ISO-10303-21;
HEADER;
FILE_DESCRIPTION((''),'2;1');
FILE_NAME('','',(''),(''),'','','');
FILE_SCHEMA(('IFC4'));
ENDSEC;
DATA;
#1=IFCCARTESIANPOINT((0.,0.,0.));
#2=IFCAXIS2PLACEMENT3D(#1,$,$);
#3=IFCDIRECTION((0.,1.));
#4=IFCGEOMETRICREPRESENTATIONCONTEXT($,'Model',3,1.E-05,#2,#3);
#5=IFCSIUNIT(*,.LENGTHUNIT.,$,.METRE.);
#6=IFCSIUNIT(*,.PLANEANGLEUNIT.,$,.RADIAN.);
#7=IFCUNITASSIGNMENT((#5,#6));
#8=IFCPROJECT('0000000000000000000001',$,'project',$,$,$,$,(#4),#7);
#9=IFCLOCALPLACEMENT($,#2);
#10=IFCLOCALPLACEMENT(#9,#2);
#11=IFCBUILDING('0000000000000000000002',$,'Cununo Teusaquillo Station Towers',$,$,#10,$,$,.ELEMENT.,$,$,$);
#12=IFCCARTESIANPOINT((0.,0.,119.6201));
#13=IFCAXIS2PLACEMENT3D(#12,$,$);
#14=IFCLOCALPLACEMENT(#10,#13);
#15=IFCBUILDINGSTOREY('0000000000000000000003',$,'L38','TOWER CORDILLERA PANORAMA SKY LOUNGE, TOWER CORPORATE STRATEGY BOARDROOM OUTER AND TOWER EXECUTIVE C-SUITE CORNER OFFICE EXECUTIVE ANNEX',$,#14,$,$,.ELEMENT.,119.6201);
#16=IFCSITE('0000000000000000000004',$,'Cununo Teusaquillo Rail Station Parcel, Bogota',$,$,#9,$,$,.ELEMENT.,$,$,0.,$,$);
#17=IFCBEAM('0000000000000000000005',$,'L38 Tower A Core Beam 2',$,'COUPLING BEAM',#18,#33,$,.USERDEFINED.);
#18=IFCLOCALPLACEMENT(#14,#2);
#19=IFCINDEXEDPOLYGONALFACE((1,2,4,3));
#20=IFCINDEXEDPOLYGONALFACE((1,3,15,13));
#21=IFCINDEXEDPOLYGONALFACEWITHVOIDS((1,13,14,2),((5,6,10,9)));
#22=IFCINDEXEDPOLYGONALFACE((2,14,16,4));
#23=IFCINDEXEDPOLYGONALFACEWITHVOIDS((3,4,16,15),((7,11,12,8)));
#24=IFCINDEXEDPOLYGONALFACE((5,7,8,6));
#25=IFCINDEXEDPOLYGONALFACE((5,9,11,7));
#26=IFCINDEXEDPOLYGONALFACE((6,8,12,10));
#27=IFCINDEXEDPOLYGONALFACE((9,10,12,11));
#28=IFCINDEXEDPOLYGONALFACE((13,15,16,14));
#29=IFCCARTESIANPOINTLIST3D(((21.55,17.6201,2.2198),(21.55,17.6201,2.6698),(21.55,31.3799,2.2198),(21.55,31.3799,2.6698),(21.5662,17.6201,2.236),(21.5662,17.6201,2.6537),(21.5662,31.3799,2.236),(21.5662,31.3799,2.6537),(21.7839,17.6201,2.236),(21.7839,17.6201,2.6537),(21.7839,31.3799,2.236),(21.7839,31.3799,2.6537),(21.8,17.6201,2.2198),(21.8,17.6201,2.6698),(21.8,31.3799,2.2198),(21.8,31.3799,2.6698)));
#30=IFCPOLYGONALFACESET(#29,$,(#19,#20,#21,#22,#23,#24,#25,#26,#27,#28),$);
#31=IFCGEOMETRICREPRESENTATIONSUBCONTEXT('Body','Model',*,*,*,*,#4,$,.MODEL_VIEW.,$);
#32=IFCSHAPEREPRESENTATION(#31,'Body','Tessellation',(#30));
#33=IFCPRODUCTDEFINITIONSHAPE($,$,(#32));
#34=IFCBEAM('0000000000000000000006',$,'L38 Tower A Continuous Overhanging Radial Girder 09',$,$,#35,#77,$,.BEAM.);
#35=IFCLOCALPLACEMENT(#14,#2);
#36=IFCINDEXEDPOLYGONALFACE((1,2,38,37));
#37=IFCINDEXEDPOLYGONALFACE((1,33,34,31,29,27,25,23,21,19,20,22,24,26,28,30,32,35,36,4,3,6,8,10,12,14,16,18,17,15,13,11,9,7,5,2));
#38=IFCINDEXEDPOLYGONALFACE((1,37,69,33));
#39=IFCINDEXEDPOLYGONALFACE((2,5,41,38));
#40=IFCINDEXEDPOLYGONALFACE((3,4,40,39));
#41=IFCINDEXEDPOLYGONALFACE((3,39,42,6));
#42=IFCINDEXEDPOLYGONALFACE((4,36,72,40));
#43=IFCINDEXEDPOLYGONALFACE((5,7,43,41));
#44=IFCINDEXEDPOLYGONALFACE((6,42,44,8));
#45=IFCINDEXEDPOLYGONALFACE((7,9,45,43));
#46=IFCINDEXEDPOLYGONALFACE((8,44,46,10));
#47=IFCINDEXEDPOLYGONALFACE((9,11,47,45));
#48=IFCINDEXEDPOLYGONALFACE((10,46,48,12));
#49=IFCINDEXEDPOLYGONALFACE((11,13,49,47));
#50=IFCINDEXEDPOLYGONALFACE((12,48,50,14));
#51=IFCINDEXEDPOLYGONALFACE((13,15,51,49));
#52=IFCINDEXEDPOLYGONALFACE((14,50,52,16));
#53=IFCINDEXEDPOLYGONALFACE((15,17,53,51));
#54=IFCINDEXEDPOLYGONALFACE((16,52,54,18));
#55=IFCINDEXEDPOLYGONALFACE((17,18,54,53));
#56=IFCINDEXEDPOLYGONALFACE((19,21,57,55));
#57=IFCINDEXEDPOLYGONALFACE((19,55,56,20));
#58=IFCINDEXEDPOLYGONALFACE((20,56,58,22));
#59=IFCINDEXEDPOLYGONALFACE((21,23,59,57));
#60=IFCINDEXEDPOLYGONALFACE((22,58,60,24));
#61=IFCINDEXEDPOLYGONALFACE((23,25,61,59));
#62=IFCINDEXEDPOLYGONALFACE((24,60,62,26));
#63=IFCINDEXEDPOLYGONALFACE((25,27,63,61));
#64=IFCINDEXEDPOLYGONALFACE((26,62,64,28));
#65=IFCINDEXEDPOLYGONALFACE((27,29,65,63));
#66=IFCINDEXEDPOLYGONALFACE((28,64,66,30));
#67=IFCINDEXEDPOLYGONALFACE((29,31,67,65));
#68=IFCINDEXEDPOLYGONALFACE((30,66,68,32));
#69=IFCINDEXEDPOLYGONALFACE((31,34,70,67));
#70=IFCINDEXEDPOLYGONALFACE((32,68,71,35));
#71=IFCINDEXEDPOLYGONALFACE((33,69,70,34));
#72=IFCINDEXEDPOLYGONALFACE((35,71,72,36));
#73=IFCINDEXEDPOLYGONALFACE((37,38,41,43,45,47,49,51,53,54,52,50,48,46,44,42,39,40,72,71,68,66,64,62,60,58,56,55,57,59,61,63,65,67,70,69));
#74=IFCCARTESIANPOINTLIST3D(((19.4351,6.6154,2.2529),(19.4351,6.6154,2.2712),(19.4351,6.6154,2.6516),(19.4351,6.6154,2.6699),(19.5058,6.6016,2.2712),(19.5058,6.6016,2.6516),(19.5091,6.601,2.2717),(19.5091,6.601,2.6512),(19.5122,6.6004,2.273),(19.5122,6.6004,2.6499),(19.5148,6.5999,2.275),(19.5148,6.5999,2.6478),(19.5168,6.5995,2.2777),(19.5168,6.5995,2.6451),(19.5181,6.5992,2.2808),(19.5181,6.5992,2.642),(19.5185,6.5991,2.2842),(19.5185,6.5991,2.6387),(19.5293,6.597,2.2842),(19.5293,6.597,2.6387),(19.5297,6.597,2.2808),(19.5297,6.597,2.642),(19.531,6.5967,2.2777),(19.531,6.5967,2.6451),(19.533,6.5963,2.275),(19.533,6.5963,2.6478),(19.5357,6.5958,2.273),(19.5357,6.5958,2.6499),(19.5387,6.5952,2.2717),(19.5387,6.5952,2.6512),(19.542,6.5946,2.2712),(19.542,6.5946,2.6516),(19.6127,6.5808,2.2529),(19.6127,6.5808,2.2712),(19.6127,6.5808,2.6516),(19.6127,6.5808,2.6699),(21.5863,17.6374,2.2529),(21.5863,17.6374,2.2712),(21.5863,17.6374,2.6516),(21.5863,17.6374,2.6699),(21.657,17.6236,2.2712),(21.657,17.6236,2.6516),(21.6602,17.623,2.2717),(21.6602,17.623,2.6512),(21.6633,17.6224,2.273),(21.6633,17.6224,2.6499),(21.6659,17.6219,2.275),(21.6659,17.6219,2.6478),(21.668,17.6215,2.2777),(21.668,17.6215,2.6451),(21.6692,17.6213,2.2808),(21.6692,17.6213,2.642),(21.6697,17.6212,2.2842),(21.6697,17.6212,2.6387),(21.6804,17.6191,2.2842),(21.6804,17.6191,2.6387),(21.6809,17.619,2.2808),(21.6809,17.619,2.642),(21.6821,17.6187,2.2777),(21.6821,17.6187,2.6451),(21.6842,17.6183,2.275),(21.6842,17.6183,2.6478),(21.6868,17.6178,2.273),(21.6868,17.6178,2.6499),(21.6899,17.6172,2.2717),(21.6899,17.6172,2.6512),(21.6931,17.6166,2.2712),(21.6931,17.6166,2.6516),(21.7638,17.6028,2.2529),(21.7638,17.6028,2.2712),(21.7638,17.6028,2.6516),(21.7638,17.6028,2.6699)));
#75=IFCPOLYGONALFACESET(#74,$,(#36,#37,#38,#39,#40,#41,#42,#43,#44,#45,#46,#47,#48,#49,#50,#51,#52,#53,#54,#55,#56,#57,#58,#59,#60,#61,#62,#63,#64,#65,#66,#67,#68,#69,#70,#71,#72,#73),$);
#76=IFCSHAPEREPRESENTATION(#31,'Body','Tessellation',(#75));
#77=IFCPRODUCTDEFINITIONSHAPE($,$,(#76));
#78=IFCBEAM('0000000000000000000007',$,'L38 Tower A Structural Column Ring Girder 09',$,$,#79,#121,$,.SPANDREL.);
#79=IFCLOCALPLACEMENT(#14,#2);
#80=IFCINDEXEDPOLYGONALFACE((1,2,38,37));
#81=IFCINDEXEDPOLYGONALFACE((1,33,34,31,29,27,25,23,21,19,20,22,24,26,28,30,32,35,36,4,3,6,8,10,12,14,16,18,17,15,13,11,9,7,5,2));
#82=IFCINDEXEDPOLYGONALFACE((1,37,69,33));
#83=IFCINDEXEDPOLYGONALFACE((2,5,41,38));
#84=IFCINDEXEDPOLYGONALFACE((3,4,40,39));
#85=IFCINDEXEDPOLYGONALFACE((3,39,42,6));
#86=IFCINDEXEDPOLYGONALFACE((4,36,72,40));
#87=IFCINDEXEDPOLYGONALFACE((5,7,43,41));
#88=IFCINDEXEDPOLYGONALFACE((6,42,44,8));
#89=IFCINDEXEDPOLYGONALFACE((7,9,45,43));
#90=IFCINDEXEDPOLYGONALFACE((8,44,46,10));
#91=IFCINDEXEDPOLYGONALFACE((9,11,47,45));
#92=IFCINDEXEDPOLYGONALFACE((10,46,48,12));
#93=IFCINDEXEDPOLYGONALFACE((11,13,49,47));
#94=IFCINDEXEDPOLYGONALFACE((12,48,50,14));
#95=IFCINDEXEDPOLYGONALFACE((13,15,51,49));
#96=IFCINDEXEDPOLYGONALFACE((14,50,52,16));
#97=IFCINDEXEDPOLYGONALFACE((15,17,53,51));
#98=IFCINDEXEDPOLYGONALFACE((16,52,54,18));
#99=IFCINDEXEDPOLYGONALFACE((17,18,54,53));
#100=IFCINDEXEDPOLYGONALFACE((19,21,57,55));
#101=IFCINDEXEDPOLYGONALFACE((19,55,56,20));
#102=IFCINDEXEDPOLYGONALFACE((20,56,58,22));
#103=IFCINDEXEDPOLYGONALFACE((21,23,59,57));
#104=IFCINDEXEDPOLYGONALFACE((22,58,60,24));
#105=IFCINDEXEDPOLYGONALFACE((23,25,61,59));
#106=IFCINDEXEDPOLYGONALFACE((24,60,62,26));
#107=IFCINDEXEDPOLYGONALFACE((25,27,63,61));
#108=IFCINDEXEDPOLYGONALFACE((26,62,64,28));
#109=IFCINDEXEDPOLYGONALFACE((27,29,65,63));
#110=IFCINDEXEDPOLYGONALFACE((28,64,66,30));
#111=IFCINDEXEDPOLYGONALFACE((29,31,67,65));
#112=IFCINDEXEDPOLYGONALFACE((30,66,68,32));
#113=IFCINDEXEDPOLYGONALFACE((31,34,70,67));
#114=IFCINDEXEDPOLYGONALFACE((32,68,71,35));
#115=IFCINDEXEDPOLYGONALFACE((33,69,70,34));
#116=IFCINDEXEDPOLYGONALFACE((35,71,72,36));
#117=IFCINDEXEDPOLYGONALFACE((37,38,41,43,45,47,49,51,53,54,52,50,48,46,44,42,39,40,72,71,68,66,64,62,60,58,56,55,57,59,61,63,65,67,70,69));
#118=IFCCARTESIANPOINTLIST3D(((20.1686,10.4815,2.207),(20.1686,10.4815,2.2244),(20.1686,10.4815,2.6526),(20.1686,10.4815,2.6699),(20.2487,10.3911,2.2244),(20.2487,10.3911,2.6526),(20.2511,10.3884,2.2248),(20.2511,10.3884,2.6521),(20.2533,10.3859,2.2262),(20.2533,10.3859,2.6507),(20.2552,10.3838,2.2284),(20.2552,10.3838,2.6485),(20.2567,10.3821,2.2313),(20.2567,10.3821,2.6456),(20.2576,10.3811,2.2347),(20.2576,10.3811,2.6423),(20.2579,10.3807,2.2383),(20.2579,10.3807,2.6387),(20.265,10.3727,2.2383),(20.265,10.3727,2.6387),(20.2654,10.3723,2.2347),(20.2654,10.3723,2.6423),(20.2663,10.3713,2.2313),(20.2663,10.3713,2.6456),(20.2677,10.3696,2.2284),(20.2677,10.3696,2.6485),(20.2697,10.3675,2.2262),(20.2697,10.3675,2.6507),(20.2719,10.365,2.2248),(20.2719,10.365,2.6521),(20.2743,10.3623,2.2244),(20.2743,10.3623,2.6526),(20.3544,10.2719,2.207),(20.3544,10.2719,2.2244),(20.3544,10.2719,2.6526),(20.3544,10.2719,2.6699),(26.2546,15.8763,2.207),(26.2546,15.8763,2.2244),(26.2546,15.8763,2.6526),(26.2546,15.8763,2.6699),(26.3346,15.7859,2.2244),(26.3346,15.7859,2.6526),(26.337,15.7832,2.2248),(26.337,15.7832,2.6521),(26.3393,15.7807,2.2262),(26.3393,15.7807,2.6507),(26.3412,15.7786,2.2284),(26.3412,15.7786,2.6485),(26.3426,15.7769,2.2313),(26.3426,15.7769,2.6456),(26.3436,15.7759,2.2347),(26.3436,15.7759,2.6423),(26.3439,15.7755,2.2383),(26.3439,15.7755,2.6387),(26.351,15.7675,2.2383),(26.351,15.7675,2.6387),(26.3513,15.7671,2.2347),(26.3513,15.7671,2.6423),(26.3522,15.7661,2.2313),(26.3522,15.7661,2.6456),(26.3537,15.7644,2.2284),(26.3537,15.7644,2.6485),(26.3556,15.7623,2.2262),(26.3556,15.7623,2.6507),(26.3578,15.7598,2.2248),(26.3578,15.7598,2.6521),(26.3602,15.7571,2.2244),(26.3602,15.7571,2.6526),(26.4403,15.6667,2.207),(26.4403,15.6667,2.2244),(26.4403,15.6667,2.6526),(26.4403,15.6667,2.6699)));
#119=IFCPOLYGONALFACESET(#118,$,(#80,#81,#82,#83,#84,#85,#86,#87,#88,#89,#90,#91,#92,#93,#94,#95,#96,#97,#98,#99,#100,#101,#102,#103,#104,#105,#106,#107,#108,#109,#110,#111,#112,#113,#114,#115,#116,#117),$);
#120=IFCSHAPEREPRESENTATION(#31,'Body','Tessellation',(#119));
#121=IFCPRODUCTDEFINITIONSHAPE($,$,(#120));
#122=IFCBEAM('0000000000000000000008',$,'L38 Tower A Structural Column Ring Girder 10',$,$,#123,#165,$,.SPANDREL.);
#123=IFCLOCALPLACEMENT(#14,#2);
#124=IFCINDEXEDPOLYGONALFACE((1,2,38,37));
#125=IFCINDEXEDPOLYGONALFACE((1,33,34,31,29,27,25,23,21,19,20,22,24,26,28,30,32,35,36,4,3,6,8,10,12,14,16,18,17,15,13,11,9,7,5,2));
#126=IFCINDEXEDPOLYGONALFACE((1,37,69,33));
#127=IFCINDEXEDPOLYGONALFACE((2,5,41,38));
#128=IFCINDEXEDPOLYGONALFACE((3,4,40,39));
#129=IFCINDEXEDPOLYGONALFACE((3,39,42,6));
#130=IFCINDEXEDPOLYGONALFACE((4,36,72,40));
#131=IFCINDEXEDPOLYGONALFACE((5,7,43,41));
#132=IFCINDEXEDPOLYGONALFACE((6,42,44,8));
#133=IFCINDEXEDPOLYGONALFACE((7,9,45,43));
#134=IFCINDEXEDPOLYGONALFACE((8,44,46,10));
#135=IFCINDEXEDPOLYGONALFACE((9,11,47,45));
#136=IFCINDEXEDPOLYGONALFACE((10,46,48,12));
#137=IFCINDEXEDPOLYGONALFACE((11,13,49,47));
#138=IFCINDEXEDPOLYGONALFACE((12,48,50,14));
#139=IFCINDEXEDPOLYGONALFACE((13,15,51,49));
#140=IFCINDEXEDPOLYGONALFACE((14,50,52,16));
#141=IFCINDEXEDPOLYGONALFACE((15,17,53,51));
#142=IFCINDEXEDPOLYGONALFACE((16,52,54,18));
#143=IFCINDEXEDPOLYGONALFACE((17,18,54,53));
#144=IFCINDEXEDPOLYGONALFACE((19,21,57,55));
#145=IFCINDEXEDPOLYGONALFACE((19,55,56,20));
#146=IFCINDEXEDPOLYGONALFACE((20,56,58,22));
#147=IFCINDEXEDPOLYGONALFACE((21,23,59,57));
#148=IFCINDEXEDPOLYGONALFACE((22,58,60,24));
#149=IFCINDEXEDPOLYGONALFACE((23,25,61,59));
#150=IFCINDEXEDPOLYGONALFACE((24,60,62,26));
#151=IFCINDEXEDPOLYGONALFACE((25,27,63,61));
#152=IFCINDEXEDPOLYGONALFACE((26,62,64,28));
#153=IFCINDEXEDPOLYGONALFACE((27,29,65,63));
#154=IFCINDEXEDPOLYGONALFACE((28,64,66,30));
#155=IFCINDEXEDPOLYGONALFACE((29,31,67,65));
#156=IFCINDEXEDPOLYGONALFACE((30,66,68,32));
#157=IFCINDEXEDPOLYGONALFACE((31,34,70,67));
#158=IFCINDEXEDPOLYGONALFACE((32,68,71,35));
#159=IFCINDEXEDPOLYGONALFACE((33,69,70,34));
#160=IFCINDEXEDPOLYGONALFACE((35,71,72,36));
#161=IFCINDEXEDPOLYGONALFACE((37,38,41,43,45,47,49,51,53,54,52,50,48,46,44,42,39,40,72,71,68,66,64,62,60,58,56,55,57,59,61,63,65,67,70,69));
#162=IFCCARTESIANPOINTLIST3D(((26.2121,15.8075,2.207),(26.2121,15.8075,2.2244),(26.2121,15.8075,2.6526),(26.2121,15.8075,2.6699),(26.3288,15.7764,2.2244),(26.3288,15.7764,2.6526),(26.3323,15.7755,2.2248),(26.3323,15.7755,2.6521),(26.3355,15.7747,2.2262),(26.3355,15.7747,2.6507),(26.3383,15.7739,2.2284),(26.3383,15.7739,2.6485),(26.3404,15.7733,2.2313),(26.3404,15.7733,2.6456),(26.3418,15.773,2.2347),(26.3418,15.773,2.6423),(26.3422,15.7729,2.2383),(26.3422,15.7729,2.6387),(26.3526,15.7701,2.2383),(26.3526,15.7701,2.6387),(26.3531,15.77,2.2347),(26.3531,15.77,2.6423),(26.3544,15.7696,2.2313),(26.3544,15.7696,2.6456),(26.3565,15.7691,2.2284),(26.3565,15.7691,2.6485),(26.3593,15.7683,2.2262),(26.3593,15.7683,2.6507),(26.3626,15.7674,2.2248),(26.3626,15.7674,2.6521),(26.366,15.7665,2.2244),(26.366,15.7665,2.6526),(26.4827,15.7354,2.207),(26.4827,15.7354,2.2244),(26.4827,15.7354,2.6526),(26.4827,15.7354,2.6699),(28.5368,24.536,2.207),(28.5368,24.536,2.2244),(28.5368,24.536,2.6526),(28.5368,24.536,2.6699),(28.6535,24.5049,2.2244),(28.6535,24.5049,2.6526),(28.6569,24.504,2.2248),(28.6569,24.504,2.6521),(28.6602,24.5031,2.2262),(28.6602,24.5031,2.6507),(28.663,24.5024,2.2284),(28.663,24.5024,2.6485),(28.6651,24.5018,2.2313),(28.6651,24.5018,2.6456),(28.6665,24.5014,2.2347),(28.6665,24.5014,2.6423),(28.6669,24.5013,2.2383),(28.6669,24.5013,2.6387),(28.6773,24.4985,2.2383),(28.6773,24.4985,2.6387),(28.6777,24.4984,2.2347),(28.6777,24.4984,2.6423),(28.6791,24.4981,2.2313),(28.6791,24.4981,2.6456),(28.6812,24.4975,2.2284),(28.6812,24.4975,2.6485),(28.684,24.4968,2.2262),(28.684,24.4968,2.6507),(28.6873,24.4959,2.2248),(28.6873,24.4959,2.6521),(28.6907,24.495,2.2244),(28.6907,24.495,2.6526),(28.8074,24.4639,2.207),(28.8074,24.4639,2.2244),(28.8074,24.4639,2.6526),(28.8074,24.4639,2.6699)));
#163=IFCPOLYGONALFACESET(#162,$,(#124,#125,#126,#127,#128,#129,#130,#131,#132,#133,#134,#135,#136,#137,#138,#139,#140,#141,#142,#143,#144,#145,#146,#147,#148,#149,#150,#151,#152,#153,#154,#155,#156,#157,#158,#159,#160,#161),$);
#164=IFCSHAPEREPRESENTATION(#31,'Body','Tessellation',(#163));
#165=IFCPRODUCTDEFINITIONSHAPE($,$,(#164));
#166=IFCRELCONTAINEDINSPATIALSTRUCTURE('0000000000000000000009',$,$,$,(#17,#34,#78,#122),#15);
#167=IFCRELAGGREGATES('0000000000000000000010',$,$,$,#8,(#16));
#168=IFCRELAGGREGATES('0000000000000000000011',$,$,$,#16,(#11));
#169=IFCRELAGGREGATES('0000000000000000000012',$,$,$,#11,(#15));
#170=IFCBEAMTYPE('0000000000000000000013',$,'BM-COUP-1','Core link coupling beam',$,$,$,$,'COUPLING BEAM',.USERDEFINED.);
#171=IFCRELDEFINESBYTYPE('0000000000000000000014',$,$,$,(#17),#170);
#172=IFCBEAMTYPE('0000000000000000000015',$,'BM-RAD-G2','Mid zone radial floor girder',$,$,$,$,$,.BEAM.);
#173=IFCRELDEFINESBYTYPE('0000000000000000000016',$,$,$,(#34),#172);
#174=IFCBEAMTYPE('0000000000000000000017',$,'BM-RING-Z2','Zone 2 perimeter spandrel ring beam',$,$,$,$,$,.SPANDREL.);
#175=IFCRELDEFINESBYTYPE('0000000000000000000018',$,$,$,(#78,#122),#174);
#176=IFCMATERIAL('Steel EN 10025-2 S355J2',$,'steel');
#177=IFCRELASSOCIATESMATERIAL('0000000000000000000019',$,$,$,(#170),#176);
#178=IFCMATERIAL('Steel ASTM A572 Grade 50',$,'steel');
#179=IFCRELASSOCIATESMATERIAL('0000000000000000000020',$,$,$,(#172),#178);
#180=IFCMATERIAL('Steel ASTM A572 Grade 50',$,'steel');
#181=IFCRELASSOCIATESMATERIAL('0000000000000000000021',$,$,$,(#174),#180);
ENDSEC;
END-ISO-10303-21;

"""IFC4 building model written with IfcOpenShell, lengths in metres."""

from ifc_helpers import new_model, si_unit, direction, frame, origin, origin_2d, place, context, subcontext, project, spatial, hollow_rectangle, i_section, extrude, material, material_profile, profile_set, type_object, element, save


model = new_model("IFC4")

# Units and contexts
model_context = context("Model", 3, precision=1e-05, world=origin(), true_north=direction((0.0, 1.0)))
body_context = subcontext(model_context, "Body", "Model", "MODEL_VIEW")
ifc_project = project(units=[si_unit("LENGTHUNIT", "METRE"), si_unit("PLANEANGLEUNIT", "RADIAN")], contexts=[model_context])

# Site, building, storey
site_placement = place(None, origin())
site = spatial("IfcSite", under=ifc_project, at=site_placement, Name="Cununo Teusaquillo Rail Station Parcel, Bogota", CompositionType="ELEMENT", RefElevation=0.0)
building_placement = place(site_placement, origin())
building = spatial("IfcBuilding", under=site, at=building_placement, Name="Cununo Teusaquillo Station Towers", CompositionType="ELEMENT")
storey_placement = place(building_placement, frame((0.0, 0.0, 119.6201)))
storey = spatial("IfcBuildingStorey", under=building, at=storey_placement, Name="L38", Description="TOWER CORDILLERA PANORAMA SKY LOUNGE, TOWER CORPORATE STRATEGY BOARDROOM OUTER AND TOWER EXECUTIVE C-SUITE CORNER OFFICE EXECUTIVE ANNEX", CompositionType="ELEMENT", Elevation=119.6201)

# Beams
ifc_material_1 = material(Name="Steel EN 10025-2 S355J2", Category="steel")
ifc_material_profile_1 = material_profile(ifc_material_1, hollow_rectangle(XDim=0.25, YDim=0.45, WallThickness=0.0161, at=origin_2d()), Name="RHS 450x250x16")
ifc_profile_set_1 = profile_set([ifc_material_profile_1], Name="Steel EN 10025-2 S355J2")
beam_type_1 = type_object("IfcBeamType", Name="BM-COUP-1", Description="Core link coupling beam", ElementType="COUPLING BEAM", PredefinedType="USERDEFINED", material=ifc_profile_set_1)
beam_1_placement = place(storey_placement, frame((21.675, 17.6201, 2.4448), z_axis=(0.0, 1.0, 0.0), x_axis=(-1.0, 0.0, 0.0)))
element("IfcBeam", 1, at=beam_1_placement, inside=storey, type_object=beam_type_1, Name="L38 Tower A Core Beam 2", ObjectType="COUPLING BEAM", PredefinedType="USERDEFINED", context=body_context, shape_type="SweptSolid", body=[
    extrude(hollow_rectangle(XDim=0.25, YDim=0.45, WallThickness=0.0161, at=origin_2d()), origin(), (0.0, 0.0, 1.0), 13.7598),
])
ifc_material_2 = material(Name="Steel ASTM A572 Grade 50", Category="steel")
ifc_material_profile_2 = material_profile(ifc_material_2, i_section(OverallWidth=0.1809, OverallDepth=0.417, WebThickness=0.011, FlangeThickness=0.0183, FilletRadius=0.0129, at=origin_2d()), Name="W16X57")
ifc_profile_set_2 = profile_set([ifc_material_profile_2], Name="Steel ASTM A572 Grade 50")
beam_type_2 = type_object("IfcBeamType", Name="BM-RAD-G2", Description="Mid zone radial floor girder", PredefinedType="BEAM", material=ifc_profile_set_2)
beam_2_placement = place(storey_placement, frame((21.675, 17.6201, 2.4614), z_axis=(-0.191553, -0.981482, 0.0), x_axis=(0.981482, -0.191553, 0.0)))
element("IfcBeam", 2, at=beam_2_placement, inside=storey, type_object=beam_type_2, Name="L38 Tower A Continuous Overhanging Radial Girder 09", PredefinedType="BEAM", context=body_context, shape_type="SweptSolid", body=[
    extrude(i_section(OverallWidth=0.1809, OverallDepth=0.417, WebThickness=0.011, FlangeThickness=0.0183, FilletRadius=0.0129, at=origin_2d()), origin(), (0.0, 0.0, 1.0), 11.23),
])
ifc_material_3 = material(Name="Steel ASTM A572 Grade 50", Category="steel")
ifc_material_profile_3 = material_profile(ifc_material_3, i_section(OverallWidth=0.28, OverallDepth=0.4629, WebThickness=0.0107, FlangeThickness=0.0173, FilletRadius=0.0139, at=origin_2d()), Name="W18X76")
ifc_profile_set_3 = profile_set([ifc_material_profile_3], Name="Steel ASTM A572 Grade 50")
beam_type_3 = type_object("IfcBeamType", Name="BM-RING-Z2", Description="Zone 2 perimeter spandrel ring beam", PredefinedType="SPANDREL", material=ifc_profile_set_3)
beam_3_placement = place(storey_placement, frame((20.2615, 10.3767, 2.4385), z_axis=(0.748321, 0.663337, 0.0), x_axis=(-0.663337, 0.748321, 0.0)))
element("IfcBeam", 3, at=beam_3_placement, inside=storey, type_object=beam_type_3, Name="L38 Tower A Structural Column Ring Girder 09", PredefinedType="SPANDREL", context=body_context, shape_type="SweptSolid", body=[
    extrude(i_section(OverallWidth=0.28, OverallDepth=0.4629, WebThickness=0.0107, FlangeThickness=0.0173, FilletRadius=0.0139, at=origin_2d()), origin(), (0.0, 0.0, 1.0), 8.1328),
])
beam_4_placement = place(storey_placement, frame((26.3474, 15.7715, 2.4385), z_axis=(0.257363, 0.966315, 0.0), x_axis=(-0.966315, 0.257363, 0.0)))
element("IfcBeam", 4, at=beam_4_placement, inside=storey, type_object=beam_type_3, Name="L38 Tower A Structural Column Ring Girder 10", PredefinedType="SPANDREL", context=body_context, shape_type="SweptSolid", body=[
    extrude(i_section(OverallWidth=0.28, OverallDepth=0.4629, WebThickness=0.0107, FlangeThickness=0.0173, FilletRadius=0.0139, at=origin_2d()), origin(), (0.0, 0.0, 1.0), 9.0327),
])

save(model, "model.ifc")
